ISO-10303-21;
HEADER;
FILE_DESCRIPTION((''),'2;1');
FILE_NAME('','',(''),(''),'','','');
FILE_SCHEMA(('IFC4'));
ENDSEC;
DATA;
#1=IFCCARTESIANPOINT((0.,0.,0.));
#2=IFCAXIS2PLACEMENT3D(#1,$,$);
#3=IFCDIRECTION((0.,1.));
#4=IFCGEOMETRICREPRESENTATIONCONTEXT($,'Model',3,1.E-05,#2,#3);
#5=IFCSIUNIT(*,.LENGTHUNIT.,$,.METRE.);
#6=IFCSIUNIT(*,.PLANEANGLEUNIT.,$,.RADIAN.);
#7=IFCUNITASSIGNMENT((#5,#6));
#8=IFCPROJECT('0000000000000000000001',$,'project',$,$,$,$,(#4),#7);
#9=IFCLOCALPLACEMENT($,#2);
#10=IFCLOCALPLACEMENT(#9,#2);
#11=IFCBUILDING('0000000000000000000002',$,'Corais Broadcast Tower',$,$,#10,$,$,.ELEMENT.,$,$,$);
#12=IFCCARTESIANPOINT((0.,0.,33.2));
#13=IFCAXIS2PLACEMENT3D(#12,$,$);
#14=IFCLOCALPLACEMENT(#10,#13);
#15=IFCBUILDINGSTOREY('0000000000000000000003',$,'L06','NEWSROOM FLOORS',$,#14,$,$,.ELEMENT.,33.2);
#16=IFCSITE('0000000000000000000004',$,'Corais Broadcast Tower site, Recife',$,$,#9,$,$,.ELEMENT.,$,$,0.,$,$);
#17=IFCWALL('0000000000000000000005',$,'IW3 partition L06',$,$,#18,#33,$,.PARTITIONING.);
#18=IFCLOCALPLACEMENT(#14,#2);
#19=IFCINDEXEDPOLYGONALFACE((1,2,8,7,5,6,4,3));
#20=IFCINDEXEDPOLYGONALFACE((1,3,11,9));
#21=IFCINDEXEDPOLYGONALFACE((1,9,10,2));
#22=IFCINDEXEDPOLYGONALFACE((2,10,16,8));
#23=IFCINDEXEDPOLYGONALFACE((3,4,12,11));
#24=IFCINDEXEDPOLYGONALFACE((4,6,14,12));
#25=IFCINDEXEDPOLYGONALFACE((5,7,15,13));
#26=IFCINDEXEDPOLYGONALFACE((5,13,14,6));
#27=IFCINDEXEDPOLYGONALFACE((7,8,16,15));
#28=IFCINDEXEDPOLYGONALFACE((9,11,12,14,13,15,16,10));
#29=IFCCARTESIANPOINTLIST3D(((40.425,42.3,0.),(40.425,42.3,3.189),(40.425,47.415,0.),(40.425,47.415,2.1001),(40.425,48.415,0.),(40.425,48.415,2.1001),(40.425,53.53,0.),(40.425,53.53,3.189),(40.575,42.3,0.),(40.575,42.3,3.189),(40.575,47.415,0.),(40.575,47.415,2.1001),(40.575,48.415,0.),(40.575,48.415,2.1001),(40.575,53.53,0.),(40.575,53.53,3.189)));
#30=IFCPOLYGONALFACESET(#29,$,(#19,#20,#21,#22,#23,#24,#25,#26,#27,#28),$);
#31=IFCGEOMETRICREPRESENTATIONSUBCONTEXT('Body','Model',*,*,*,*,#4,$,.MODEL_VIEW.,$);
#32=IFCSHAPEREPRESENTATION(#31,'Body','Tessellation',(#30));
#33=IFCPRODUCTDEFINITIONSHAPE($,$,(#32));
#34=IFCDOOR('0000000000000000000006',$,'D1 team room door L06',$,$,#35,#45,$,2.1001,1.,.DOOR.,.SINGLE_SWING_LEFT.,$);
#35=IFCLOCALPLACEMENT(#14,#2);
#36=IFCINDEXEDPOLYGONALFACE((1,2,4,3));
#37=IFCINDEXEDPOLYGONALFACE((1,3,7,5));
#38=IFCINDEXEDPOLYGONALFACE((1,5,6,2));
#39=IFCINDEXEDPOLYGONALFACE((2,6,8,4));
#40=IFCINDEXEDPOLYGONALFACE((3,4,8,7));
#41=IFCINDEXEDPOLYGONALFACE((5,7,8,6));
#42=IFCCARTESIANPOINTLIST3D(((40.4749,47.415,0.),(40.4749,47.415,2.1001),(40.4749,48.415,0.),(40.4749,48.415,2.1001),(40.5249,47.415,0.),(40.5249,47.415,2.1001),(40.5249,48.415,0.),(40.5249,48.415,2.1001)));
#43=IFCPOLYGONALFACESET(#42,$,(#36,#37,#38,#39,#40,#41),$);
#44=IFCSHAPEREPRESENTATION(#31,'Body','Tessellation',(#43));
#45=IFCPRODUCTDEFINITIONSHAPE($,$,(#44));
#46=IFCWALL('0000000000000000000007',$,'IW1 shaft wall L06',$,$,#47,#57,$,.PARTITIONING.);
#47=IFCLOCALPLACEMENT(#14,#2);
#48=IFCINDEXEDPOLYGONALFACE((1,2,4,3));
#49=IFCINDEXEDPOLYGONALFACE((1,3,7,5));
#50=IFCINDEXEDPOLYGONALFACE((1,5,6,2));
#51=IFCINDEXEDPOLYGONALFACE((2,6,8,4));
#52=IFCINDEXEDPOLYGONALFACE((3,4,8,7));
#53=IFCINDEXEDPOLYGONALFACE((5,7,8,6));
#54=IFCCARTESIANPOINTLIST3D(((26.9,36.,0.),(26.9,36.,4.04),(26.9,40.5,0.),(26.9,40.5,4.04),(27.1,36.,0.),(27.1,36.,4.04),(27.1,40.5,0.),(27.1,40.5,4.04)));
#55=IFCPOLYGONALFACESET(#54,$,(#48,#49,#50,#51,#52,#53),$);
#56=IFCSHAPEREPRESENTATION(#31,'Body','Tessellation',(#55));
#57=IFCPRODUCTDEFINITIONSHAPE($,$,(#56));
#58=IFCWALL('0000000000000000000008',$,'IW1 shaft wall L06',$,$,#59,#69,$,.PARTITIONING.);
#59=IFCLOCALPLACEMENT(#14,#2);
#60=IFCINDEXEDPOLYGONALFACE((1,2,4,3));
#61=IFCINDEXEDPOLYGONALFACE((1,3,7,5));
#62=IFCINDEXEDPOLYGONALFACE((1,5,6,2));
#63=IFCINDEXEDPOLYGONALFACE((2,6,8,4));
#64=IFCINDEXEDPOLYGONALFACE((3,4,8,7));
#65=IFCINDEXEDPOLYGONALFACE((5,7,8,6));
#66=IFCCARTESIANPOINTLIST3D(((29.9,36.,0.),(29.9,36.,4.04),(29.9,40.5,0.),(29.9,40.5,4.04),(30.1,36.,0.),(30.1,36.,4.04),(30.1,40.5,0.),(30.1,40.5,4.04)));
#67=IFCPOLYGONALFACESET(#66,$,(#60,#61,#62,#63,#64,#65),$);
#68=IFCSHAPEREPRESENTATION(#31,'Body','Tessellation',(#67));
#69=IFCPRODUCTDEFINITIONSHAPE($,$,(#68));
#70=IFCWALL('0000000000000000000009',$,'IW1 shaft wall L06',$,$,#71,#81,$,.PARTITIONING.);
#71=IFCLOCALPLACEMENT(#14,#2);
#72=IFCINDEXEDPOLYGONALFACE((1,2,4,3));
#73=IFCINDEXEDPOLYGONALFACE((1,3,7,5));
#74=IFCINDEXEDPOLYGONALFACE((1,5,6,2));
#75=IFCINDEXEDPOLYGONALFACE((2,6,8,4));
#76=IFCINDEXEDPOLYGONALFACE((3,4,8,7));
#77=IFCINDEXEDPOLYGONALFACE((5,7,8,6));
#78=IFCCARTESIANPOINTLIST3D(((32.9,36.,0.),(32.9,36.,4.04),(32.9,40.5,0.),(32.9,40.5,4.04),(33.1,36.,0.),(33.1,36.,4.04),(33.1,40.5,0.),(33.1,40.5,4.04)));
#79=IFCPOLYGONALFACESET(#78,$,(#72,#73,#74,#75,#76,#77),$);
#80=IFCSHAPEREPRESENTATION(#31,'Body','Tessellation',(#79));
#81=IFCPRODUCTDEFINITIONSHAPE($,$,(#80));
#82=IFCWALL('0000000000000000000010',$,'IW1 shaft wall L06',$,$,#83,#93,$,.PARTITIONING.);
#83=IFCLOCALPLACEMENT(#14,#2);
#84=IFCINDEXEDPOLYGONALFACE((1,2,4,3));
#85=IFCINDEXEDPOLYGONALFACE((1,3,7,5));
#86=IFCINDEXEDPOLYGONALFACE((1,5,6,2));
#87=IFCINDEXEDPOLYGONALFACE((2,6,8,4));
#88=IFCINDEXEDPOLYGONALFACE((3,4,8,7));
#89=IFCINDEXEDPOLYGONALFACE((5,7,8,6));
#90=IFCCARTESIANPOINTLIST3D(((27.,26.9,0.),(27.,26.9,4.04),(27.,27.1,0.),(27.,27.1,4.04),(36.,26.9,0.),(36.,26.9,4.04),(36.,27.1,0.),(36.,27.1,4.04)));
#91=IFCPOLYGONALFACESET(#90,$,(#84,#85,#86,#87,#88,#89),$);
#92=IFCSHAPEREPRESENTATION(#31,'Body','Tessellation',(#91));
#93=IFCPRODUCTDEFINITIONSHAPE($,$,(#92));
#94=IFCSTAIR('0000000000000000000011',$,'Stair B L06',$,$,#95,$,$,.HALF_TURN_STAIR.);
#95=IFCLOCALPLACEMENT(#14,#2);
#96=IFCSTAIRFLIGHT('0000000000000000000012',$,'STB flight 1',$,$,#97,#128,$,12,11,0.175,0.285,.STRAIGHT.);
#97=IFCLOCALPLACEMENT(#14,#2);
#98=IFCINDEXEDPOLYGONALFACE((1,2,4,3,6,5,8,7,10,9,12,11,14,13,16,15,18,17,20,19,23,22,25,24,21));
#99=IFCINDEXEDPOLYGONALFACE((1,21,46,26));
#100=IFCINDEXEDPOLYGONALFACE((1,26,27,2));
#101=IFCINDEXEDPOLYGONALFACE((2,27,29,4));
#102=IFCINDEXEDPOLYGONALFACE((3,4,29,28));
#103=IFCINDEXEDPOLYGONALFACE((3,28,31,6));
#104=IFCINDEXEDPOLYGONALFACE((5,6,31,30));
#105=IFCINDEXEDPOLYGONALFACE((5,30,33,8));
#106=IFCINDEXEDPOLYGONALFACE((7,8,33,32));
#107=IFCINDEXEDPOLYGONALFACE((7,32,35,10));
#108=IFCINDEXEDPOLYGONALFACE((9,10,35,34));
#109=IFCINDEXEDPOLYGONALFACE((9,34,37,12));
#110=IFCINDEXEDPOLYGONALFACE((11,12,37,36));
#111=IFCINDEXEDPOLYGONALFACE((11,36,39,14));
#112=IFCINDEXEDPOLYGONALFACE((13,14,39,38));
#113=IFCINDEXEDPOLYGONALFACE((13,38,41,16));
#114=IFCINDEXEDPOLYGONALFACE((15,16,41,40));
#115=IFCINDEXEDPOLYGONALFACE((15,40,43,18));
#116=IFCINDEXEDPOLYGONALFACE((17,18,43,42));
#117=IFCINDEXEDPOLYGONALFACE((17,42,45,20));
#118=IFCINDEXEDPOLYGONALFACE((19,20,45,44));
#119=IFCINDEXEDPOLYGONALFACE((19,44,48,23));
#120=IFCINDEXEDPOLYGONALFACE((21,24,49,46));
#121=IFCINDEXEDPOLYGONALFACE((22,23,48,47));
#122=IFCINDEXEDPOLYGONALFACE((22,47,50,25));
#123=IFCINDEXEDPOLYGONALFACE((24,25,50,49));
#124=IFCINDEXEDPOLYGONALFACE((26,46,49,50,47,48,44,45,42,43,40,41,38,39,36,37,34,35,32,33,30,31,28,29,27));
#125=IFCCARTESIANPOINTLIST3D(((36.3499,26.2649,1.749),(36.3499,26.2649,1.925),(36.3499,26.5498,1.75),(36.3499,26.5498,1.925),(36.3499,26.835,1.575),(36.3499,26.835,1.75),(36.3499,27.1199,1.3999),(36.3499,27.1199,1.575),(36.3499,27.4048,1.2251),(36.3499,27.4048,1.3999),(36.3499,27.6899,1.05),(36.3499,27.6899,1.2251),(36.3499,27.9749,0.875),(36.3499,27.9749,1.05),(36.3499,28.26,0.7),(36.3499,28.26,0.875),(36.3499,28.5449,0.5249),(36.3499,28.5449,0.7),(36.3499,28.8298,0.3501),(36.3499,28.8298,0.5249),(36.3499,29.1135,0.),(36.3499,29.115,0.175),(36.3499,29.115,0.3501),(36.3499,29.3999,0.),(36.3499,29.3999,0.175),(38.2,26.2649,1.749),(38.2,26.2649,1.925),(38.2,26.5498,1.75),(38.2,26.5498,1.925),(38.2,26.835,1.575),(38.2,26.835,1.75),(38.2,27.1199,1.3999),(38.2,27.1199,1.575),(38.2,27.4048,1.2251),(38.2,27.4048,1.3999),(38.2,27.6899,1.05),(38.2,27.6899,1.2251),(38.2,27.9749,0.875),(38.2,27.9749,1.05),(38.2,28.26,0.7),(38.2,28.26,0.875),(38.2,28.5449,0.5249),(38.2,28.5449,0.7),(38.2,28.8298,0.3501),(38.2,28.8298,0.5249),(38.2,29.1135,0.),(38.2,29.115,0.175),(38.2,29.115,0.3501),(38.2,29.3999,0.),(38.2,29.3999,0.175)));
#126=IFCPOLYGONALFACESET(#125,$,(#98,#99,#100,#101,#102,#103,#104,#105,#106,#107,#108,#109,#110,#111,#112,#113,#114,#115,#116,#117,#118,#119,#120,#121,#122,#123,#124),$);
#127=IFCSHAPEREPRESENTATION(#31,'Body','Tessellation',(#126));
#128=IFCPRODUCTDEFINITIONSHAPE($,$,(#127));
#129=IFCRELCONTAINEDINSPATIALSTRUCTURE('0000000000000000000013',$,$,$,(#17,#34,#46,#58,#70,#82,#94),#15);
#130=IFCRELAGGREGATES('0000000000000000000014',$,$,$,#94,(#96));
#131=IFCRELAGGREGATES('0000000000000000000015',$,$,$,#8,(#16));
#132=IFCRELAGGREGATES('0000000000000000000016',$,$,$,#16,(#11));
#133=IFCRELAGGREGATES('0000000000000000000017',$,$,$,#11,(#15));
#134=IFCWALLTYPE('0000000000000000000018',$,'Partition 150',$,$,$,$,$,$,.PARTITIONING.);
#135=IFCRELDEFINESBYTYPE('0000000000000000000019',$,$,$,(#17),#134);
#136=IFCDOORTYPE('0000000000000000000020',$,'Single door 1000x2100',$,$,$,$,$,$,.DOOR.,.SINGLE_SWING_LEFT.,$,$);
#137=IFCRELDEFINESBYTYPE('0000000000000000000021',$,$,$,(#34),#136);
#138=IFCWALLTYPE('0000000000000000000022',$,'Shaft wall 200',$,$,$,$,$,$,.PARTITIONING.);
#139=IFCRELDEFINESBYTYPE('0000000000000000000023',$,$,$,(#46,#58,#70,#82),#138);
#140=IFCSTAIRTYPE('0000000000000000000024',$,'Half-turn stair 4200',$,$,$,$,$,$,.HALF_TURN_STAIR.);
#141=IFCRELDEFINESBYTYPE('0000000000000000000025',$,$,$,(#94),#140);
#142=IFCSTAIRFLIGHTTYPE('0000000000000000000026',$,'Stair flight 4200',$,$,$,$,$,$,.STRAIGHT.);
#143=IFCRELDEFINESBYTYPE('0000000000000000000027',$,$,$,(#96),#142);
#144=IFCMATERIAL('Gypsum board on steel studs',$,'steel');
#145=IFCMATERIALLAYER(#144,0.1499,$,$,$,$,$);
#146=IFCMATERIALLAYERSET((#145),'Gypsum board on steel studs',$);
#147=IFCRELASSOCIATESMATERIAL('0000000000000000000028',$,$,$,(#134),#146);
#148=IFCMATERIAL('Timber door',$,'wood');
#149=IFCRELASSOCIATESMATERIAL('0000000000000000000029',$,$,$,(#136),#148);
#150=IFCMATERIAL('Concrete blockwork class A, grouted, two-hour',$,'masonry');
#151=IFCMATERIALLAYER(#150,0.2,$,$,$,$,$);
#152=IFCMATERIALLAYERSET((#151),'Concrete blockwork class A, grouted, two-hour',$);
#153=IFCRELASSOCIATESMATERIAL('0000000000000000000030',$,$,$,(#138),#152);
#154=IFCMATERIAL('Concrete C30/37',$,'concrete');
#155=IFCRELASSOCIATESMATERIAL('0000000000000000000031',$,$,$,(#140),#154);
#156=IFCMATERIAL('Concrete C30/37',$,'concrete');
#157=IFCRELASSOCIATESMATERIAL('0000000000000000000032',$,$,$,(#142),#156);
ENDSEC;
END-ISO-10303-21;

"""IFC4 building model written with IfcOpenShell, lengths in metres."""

from ifc_helpers import new_model, si_unit, direction, frame, frame_2d, origin, place, context, subcontext, project, spatial, polyline, rectangle, outline, extrude, material, layer, layer_set, type_object, element, fill, aggregate, save


model = new_model("IFC4")

# Units and contexts
model_context = context("Model", 3, precision=1e-05, world=origin(), true_north=direction((0.0, 1.0)))
body_context = subcontext(model_context, "Body", "Model", "MODEL_VIEW")
ifc_project = project(units=[si_unit("LENGTHUNIT", "METRE"), si_unit("PLANEANGLEUNIT", "RADIAN")], contexts=[model_context])

# Site, building, storey
site_placement = place(None, origin())
site = spatial("IfcSite", under=ifc_project, at=site_placement, Name="Corais Broadcast Tower site, Recife", CompositionType="ELEMENT", RefElevation=0.0)
building_placement = place(site_placement, origin())
building = spatial("IfcBuilding", under=site, at=building_placement, Name="Corais Broadcast Tower", CompositionType="ELEMENT")
storey_placement = place(building_placement, frame((0.0, 0.0, 33.2)))
storey = spatial("IfcBuildingStorey", under=building, at=storey_placement, Name="L06", Description="NEWSROOM FLOORS", CompositionType="ELEMENT", Elevation=33.2)

# Shared definitions
ifc_material_1 = material(Name="Gypsum board on steel studs", Category="steel")
ifc_layer_1 = layer(ifc_material_1, 0.1499)
ifc_layer_set_1 = layer_set([ifc_layer_1], Name="Gypsum board on steel studs")
wall_type_1 = type_object("IfcWallType", Name="Partition 150", PredefinedType="PARTITIONING", material=ifc_layer_set_1)
ifc_material_2 = material(Name="Timber door", Category="wood")
door_type = type_object("IfcDoorType", Name="Single door 1000x2100", OperationType="SINGLE_SWING_LEFT", PredefinedType="DOOR", material=ifc_material_2)

# Wall, opening, door
wall_1_placement = place(storey_placement, frame((40.5, 53.53, 0.0), z_axis=(0.0, 0.0, 1.0), x_axis=(0.0, -1.0, 0.0)))
wall_1 = element("IfcWall", 1, at=wall_1_placement, inside=storey, type_object=wall_type_1, Name="IW3 partition L06", PredefinedType="PARTITIONING", context=body_context, shape_type="SweptSolid", body=[
    extrude(rectangle(XDim=11.23, YDim=0.1499, at=frame_2d((5.615, 0.0))), origin(), (0.0, 0.0, 1.0), 3.189),
])
opening_1_placement = place(wall_1_placement, frame((5.115, 0.0, 0.0)))
opening_1 = element("IfcOpeningElement", 2, at=opening_1_placement, cuts=wall_1, PredefinedType="OPENING", context=body_context, shape_type="SweptSolid", body=[
    extrude(rectangle(XDim=1.0, YDim=2.1001, at=frame_2d((0.5, 1.05))), frame((0.0, 0.085, 0.0), z_axis=(0.0, -1.0, 0.0), x_axis=(1.0, 0.0, 0.0)), (0.0, 0.0, 1.0), 0.1699),
])
door_1_placement = place(opening_1_placement, origin())
door_1 = element("IfcDoor", 3, at=door_1_placement, inside=storey, type_object=door_type, Name="D1 team room door L06", OperationType="SINGLE_SWING_LEFT", OverallHeight=2.1001, OverallWidth=1.0, PredefinedType="DOOR", context=body_context, shape_type="SweptSolid", body=[
    extrude(rectangle(XDim=1.0, YDim=2.1001, at=frame_2d((0.5, 1.05))), frame((0.0, 0.0249, 0.0), z_axis=(0.0, -1.0, 0.0), x_axis=(1.0, 0.0, 0.0)), (0.0, 0.0, 1.0), 0.05),
])
fill(opening_1, door_1)

# Walls
ifc_material_3 = material(Name="Concrete blockwork class A, grouted, two-hour", Category="masonry")
ifc_layer_2 = layer(ifc_material_3, 0.2)
ifc_layer_set_2 = layer_set([ifc_layer_2], Name="Concrete blockwork class A, grouted, two-hour")
wall_type_2 = type_object("IfcWallType", Name="Shaft wall 200", PredefinedType="PARTITIONING", material=ifc_layer_set_2)
for number, where, z_axis, x_axis, name in (
    (4, (27.0, 36.0, 0.0), (0.0, 0.0, 1.0), (0.0, 1.0, 0.0), "IW1 shaft wall L06"),
    (5, (30.0, 36.0, 0.0), (0.0, 0.0, 1.0), (0.0, 1.0, 0.0), "IW1 shaft wall L06"),
    (6, (33.0, 36.0, 0.0), (0.0, 0.0, 1.0), (0.0, 1.0, 0.0), "IW1 shaft wall L06"),
):
    element("IfcWall", number, at=place(storey_placement, frame(where, z_axis=z_axis, x_axis=x_axis)), inside=storey, type_object=wall_type_2, Name=name, PredefinedType="PARTITIONING", context=body_context, shape_type="SweptSolid", body=[
        extrude(rectangle(XDim=4.5, YDim=0.2, at=frame_2d((2.25, 0.0))), origin(), (0.0, 0.0, 1.0), 4.04),
    ])
wall_2_placement = place(storey_placement, frame((27.0, 27.0, 0.0), z_axis=(0.0, 0.0, 1.0), x_axis=(1.0, 0.0, 0.0)))
element("IfcWall", 7, at=wall_2_placement, inside=storey, type_object=wall_type_2, Name="IW1 shaft wall L06", PredefinedType="PARTITIONING", context=body_context, shape_type="SweptSolid", body=[
    extrude(rectangle(XDim=9.0, YDim=0.2, at=frame_2d((4.5, 0.0))), origin(), (0.0, 0.0, 1.0), 4.04),
])

# Stair, stair flight
ifc_material_4 = material(Name="Concrete C30/37", Category="concrete")
stair_type = type_object("IfcStairType", Name="Half-turn stair 4200", PredefinedType="HALF_TURN_STAIR", material=ifc_material_4)
stair_placement = place(storey_placement, origin())
stair = element("IfcStair", 8, at=stair_placement, inside=storey, type_object=stair_type, Name="Stair B L06", PredefinedType="HALF_TURN_STAIR")
ifc_material_5 = material(Name="Concrete C30/37", Category="concrete")
stair_flight_type = type_object("IfcStairFlightType", Name="Stair flight 4200", PredefinedType="STRAIGHT", material=ifc_material_5)
stair_flight_placement = place(storey_placement, frame((37.2749, 29.3999, 0.0), z_axis=(0.0, 0.0, 1.0), x_axis=(0.0, -1.0, 0.0)))
stair_flight = element("IfcStairFlight", 9, at=stair_flight_placement, type_object=stair_flight_type, Name="STB flight 1", NumberOfRisers=12, NumberOfTreads=11, PredefinedType="STRAIGHT", RiserHeight=0.175, TreadLength=0.285, context=body_context, shape_type="SweptSolid", body=[
    extrude(outline(polyline([(0.0, 0.0), (0.0, 0.175), (0.2849, 0.175), (0.2849, 0.3501), (0.5701, 0.3501), (0.5701, 0.5249), (0.855, 0.5249), (0.855, 0.7), (1.1399, 0.7), (1.1399, 0.875), (1.425, 0.875), (1.425, 1.05), (1.71, 1.05), (1.71, 1.2251), (1.9951, 1.2251), (1.9951, 1.3999), (2.28, 1.3999), (2.28, 1.575), (2.5649, 1.575), (2.5649, 1.75), (2.8501, 1.75), (2.8501, 1.925), (3.135, 1.925), (3.135, 2.1001), (3.135, 1.749), (0.2864, 0.0), (0.0, 0.0)])), frame((0.0, 0.925, 0.0), z_axis=(0.0, -1.0, 0.0), x_axis=(1.0, 0.0, 0.0)), (0.0, 0.0, 1.0), 1.8501),
])
aggregate(stair, [stair_flight])

save(model, "model.ifc")
